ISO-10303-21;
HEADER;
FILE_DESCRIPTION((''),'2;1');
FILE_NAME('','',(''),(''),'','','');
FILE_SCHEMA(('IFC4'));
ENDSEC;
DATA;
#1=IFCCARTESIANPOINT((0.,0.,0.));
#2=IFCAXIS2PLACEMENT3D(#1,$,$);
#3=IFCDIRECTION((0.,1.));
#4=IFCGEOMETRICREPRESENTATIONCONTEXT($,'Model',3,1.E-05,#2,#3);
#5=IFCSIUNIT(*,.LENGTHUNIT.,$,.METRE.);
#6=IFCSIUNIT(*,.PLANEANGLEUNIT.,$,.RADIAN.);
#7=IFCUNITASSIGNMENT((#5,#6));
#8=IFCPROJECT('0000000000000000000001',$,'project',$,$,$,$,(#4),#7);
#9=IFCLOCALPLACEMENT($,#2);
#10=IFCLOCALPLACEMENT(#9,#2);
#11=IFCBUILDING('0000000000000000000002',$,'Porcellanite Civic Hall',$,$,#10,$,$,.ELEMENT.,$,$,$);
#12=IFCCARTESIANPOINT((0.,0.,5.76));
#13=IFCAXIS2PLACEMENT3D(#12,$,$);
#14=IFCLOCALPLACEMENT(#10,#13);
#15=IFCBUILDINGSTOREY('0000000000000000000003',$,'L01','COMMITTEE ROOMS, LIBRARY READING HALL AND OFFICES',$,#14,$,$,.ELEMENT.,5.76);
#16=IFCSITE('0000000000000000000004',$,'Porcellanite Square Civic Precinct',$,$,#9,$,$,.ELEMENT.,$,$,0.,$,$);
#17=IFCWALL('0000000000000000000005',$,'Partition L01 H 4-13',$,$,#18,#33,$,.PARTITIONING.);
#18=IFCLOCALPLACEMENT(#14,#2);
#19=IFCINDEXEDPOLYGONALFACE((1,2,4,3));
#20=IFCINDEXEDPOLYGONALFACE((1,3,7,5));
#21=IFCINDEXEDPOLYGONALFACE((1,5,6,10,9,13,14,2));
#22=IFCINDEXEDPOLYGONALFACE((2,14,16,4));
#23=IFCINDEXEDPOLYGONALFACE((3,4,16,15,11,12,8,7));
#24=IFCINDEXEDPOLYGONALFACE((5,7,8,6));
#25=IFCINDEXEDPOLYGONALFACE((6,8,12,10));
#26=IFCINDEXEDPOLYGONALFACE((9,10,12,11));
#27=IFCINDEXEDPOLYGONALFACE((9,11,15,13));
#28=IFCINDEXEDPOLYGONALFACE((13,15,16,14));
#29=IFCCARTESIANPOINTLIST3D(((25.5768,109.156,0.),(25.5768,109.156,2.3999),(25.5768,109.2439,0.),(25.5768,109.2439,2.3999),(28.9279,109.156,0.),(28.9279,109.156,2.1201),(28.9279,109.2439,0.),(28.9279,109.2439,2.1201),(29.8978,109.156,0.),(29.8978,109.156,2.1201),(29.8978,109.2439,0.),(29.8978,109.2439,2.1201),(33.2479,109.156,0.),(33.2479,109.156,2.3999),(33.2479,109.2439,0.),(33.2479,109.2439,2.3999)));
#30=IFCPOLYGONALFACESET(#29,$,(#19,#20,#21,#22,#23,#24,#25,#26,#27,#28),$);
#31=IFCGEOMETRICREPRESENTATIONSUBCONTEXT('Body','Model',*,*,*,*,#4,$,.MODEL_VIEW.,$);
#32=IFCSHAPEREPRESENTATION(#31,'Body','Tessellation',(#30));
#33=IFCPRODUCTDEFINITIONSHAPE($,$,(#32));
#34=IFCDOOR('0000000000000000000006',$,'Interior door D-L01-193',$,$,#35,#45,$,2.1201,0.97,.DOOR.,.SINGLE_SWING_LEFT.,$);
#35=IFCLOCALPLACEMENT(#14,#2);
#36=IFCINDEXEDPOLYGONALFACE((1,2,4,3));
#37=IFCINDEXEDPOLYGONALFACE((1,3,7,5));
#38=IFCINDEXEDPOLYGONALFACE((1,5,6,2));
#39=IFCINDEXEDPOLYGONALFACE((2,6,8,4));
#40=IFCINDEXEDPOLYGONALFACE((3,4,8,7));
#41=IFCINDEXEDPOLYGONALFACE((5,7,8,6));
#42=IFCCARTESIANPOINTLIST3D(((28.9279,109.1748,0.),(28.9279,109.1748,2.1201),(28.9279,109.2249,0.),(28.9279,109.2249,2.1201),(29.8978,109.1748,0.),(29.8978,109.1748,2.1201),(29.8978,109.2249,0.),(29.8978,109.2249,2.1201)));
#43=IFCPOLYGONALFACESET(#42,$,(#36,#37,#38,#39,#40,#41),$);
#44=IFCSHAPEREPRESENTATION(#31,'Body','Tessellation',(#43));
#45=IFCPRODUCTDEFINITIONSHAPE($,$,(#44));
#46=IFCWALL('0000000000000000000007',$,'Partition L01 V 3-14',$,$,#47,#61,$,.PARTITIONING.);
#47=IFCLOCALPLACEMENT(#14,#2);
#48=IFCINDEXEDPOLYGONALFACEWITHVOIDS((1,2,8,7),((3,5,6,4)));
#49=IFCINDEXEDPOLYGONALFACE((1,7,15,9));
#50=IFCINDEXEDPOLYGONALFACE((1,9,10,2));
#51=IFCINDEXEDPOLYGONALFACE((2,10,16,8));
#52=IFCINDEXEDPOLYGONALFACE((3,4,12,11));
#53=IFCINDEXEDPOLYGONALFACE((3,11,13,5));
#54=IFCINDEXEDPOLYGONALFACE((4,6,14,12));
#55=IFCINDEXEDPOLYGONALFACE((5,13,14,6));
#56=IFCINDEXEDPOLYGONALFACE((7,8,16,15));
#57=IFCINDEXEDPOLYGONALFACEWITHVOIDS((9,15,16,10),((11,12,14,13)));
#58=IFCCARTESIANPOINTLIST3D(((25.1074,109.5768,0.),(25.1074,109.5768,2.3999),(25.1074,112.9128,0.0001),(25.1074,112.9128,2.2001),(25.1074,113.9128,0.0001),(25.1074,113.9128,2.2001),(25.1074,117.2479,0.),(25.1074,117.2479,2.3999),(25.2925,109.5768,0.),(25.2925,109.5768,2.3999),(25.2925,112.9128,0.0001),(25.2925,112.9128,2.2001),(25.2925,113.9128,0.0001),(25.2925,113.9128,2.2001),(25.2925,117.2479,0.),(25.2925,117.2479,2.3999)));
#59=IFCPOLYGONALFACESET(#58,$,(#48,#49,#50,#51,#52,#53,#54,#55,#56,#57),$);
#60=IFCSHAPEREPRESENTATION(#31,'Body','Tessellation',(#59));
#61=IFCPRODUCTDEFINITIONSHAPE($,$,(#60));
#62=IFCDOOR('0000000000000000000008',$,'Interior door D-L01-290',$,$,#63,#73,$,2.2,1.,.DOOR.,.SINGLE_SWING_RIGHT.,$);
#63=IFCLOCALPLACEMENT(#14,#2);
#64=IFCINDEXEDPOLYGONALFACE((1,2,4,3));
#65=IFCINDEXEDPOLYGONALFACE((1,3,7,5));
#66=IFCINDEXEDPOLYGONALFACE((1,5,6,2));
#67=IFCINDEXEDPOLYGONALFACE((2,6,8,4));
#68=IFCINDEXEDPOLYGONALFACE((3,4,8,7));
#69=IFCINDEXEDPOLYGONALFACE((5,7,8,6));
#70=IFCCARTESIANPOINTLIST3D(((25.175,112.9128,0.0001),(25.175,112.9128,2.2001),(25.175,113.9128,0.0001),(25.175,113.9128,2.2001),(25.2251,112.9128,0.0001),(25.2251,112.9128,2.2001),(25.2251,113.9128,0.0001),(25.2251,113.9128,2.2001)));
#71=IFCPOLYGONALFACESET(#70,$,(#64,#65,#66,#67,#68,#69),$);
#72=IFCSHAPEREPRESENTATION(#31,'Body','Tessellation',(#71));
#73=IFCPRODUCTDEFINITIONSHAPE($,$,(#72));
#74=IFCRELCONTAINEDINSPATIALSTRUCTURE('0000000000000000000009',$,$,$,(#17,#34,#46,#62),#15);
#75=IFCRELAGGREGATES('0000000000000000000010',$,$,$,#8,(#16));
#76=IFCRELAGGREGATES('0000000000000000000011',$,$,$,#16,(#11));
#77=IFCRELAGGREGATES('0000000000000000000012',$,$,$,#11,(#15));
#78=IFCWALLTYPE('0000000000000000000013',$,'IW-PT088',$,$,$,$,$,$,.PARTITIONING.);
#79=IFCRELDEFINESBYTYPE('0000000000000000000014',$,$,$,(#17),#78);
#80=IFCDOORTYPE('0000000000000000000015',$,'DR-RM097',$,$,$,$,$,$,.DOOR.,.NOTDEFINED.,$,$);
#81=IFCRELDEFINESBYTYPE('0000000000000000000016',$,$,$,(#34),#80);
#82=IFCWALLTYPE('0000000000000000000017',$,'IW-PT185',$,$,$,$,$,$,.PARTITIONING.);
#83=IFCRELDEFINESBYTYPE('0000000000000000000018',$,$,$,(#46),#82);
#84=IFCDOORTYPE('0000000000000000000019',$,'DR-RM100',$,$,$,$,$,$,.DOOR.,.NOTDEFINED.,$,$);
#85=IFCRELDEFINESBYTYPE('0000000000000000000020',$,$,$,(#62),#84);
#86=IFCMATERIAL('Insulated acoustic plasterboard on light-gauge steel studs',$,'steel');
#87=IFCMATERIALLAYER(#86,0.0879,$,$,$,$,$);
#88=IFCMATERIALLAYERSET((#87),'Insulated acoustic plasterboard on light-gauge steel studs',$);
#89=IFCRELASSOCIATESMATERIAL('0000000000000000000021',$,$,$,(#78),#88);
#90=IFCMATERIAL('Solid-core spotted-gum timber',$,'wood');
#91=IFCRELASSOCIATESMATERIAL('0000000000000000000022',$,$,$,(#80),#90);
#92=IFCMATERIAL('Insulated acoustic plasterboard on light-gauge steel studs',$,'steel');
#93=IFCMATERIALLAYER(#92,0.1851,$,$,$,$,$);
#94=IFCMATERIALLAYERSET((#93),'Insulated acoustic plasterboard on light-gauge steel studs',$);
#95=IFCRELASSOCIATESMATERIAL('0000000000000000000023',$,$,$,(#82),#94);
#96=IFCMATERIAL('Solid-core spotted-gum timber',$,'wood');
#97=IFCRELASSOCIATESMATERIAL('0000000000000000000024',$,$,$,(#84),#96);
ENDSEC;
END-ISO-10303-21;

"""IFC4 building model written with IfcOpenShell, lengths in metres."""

from ifc_helpers import new_model, si_unit, direction, frame, frame_2d, origin, place, context, subcontext, project, spatial, rectangle, extrude, material, layer, layer_set, type_object, element, fill, save


model = new_model("IFC4")

# Units and contexts
model_context = context("Model", 3, precision=1e-05, world=origin(), true_north=direction((0.0, 1.0)))
body_context = subcontext(model_context, "Body", "Model", "MODEL_VIEW")
ifc_project = project(units=[si_unit("LENGTHUNIT", "METRE"), si_unit("PLANEANGLEUNIT", "RADIAN")], contexts=[model_context])

# Site, building, storey
site_placement = place(None, origin())
site = spatial("IfcSite", under=ifc_project, at=site_placement, Name="Porcellanite Square Civic Precinct", CompositionType="ELEMENT", RefElevation=0.0)
building_placement = place(site_placement, origin())
building = spatial("IfcBuilding", under=site, at=building_placement, Name="Porcellanite Civic Hall", CompositionType="ELEMENT")
storey_placement = place(building_placement, frame((0.0, 0.0, 5.76)))
storey = spatial("IfcBuildingStorey", under=building, at=storey_placement, Name="L01", Description="COMMITTEE ROOMS, LIBRARY READING HALL AND OFFICES", CompositionType="ELEMENT", Elevation=5.76)

# Walls, openings, doors
ifc_material_1 = material(Name="Insulated acoustic plasterboard on light-gauge steel studs", Category="steel")
ifc_layer_1 = layer(ifc_material_1, 0.0879)
ifc_layer_set_1 = layer_set([ifc_layer_1], Name="Insulated acoustic plasterboard on light-gauge steel studs")
wall_type_1 = type_object("IfcWallType", Name="IW-PT088", PredefinedType="PARTITIONING", material=ifc_layer_set_1)
wall_1_placement = place(storey_placement, frame((25.5769, 109.2, 0.0), z_axis=(0.0, 0.0, 1.0), x_axis=(1.0, 0.0, 0.0)))
wall_1 = element("IfcWall", 1, at=wall_1_placement, inside=storey, type_object=wall_type_1, Name="Partition L01 H 4-13", PredefinedType="PARTITIONING", context=body_context, shape_type="SweptSolid", body=[
    extrude(rectangle(XDim=7.6711, YDim=0.0879, at=frame_2d((3.8354, 0.0))), origin(), (0.0, 0.0, 1.0), 2.3999),
])
opening_1_placement = place(wall_1_placement, frame((3.3511, 0.0, 0.0)))
opening_1 = element("IfcOpeningElement", 2, at=opening_1_placement, cuts=wall_1, PredefinedType="OPENING", context=body_context, shape_type="SweptSolid", body=[
    extrude(rectangle(XDim=0.97, YDim=2.1201, at=frame_2d((0.4849, 1.0601))), frame((0.0, 0.0439, 0.0), z_axis=(0.0, -1.0, 0.0), x_axis=(1.0, 0.0, 0.0)), (0.0, 0.0, 1.0), 0.0879),
])
ifc_material_2 = material(Name="Solid-core spotted-gum timber", Category="wood")
door_type_1 = type_object("IfcDoorType", Name="DR-RM097", OperationType="NOTDEFINED", PredefinedType="DOOR", material=ifc_material_2)
door_1_placement = place(opening_1_placement, origin())
door_1 = element("IfcDoor", 3, at=door_1_placement, inside=storey, type_object=door_type_1, Name="Interior door D-L01-193", OperationType="SINGLE_SWING_LEFT", OverallHeight=2.1201, OverallWidth=0.97, PredefinedType="DOOR", context=body_context, shape_type="SweptSolid", body=[
    extrude(rectangle(XDim=0.97, YDim=2.1201, at=frame_2d((0.4849, 1.0601))), frame((0.0, 0.0249, 0.0), z_axis=(0.0, -1.0, 0.0), x_axis=(1.0, 0.0, 0.0)), (0.0, 0.0, 1.0), 0.05),
])
fill(opening_1, door_1)
ifc_material_3 = material(Name="Insulated acoustic plasterboard on light-gauge steel studs", Category="steel")
ifc_layer_2 = layer(ifc_material_3, 0.1851)
ifc_layer_set_2 = layer_set([ifc_layer_2], Name="Insulated acoustic plasterboard on light-gauge steel studs")
wall_type_2 = type_object("IfcWallType", Name="IW-PT185", PredefinedType="PARTITIONING", material=ifc_layer_set_2)
wall_2_placement = place(storey_placement, frame((25.2, 109.5769, 0.0), z_axis=(0.0, 0.0, 1.0), x_axis=(0.0, 1.0, 0.0)))
wall_2 = element("IfcWall", 4, at=wall_2_placement, inside=storey, type_object=wall_type_2, Name="Partition L01 V 3-14", PredefinedType="PARTITIONING", context=body_context, shape_type="SweptSolid", body=[
    extrude(rectangle(XDim=7.6711, YDim=0.1851, at=frame_2d((3.8354, 0.0))), origin(), (0.0, 0.0, 1.0), 2.3999),
])
opening_2_placement = place(wall_2_placement, frame((3.3359, 0.0, 0.0)))
opening_2 = element("IfcOpeningElement", 5, at=opening_2_placement, cuts=wall_2, PredefinedType="OPENING", context=body_context, shape_type="SweptSolid", body=[
    extrude(rectangle(XDim=1.0, YDim=2.2, at=frame_2d((0.5, 1.1001))), frame((0.0, 0.0925, 0.0), z_axis=(0.0, -1.0, 0.0), x_axis=(1.0, 0.0, 0.0)), (0.0, 0.0, 1.0), 0.1851),
])
ifc_material_4 = material(Name="Solid-core spotted-gum timber", Category="wood")
door_type_2 = type_object("IfcDoorType", Name="DR-RM100", OperationType="NOTDEFINED", PredefinedType="DOOR", material=ifc_material_4)
door_2_placement = place(opening_2_placement, origin())
door_2 = element("IfcDoor", 6, at=door_2_placement, inside=storey, type_object=door_type_2, Name="Interior door D-L01-290", OperationType="SINGLE_SWING_RIGHT", OverallHeight=2.2, OverallWidth=1.0, PredefinedType="DOOR", context=body_context, shape_type="SweptSolid", body=[
    extrude(rectangle(XDim=1.0, YDim=2.2, at=frame_2d((0.5, 1.1001))), frame((0.0, 0.0249, 0.0), z_axis=(0.0, -1.0, 0.0), x_axis=(1.0, 0.0, 0.0)), (0.0, 0.0, 1.0), 0.05),
])
fill(opening_2, door_2)

save(model, "model.ifc")
